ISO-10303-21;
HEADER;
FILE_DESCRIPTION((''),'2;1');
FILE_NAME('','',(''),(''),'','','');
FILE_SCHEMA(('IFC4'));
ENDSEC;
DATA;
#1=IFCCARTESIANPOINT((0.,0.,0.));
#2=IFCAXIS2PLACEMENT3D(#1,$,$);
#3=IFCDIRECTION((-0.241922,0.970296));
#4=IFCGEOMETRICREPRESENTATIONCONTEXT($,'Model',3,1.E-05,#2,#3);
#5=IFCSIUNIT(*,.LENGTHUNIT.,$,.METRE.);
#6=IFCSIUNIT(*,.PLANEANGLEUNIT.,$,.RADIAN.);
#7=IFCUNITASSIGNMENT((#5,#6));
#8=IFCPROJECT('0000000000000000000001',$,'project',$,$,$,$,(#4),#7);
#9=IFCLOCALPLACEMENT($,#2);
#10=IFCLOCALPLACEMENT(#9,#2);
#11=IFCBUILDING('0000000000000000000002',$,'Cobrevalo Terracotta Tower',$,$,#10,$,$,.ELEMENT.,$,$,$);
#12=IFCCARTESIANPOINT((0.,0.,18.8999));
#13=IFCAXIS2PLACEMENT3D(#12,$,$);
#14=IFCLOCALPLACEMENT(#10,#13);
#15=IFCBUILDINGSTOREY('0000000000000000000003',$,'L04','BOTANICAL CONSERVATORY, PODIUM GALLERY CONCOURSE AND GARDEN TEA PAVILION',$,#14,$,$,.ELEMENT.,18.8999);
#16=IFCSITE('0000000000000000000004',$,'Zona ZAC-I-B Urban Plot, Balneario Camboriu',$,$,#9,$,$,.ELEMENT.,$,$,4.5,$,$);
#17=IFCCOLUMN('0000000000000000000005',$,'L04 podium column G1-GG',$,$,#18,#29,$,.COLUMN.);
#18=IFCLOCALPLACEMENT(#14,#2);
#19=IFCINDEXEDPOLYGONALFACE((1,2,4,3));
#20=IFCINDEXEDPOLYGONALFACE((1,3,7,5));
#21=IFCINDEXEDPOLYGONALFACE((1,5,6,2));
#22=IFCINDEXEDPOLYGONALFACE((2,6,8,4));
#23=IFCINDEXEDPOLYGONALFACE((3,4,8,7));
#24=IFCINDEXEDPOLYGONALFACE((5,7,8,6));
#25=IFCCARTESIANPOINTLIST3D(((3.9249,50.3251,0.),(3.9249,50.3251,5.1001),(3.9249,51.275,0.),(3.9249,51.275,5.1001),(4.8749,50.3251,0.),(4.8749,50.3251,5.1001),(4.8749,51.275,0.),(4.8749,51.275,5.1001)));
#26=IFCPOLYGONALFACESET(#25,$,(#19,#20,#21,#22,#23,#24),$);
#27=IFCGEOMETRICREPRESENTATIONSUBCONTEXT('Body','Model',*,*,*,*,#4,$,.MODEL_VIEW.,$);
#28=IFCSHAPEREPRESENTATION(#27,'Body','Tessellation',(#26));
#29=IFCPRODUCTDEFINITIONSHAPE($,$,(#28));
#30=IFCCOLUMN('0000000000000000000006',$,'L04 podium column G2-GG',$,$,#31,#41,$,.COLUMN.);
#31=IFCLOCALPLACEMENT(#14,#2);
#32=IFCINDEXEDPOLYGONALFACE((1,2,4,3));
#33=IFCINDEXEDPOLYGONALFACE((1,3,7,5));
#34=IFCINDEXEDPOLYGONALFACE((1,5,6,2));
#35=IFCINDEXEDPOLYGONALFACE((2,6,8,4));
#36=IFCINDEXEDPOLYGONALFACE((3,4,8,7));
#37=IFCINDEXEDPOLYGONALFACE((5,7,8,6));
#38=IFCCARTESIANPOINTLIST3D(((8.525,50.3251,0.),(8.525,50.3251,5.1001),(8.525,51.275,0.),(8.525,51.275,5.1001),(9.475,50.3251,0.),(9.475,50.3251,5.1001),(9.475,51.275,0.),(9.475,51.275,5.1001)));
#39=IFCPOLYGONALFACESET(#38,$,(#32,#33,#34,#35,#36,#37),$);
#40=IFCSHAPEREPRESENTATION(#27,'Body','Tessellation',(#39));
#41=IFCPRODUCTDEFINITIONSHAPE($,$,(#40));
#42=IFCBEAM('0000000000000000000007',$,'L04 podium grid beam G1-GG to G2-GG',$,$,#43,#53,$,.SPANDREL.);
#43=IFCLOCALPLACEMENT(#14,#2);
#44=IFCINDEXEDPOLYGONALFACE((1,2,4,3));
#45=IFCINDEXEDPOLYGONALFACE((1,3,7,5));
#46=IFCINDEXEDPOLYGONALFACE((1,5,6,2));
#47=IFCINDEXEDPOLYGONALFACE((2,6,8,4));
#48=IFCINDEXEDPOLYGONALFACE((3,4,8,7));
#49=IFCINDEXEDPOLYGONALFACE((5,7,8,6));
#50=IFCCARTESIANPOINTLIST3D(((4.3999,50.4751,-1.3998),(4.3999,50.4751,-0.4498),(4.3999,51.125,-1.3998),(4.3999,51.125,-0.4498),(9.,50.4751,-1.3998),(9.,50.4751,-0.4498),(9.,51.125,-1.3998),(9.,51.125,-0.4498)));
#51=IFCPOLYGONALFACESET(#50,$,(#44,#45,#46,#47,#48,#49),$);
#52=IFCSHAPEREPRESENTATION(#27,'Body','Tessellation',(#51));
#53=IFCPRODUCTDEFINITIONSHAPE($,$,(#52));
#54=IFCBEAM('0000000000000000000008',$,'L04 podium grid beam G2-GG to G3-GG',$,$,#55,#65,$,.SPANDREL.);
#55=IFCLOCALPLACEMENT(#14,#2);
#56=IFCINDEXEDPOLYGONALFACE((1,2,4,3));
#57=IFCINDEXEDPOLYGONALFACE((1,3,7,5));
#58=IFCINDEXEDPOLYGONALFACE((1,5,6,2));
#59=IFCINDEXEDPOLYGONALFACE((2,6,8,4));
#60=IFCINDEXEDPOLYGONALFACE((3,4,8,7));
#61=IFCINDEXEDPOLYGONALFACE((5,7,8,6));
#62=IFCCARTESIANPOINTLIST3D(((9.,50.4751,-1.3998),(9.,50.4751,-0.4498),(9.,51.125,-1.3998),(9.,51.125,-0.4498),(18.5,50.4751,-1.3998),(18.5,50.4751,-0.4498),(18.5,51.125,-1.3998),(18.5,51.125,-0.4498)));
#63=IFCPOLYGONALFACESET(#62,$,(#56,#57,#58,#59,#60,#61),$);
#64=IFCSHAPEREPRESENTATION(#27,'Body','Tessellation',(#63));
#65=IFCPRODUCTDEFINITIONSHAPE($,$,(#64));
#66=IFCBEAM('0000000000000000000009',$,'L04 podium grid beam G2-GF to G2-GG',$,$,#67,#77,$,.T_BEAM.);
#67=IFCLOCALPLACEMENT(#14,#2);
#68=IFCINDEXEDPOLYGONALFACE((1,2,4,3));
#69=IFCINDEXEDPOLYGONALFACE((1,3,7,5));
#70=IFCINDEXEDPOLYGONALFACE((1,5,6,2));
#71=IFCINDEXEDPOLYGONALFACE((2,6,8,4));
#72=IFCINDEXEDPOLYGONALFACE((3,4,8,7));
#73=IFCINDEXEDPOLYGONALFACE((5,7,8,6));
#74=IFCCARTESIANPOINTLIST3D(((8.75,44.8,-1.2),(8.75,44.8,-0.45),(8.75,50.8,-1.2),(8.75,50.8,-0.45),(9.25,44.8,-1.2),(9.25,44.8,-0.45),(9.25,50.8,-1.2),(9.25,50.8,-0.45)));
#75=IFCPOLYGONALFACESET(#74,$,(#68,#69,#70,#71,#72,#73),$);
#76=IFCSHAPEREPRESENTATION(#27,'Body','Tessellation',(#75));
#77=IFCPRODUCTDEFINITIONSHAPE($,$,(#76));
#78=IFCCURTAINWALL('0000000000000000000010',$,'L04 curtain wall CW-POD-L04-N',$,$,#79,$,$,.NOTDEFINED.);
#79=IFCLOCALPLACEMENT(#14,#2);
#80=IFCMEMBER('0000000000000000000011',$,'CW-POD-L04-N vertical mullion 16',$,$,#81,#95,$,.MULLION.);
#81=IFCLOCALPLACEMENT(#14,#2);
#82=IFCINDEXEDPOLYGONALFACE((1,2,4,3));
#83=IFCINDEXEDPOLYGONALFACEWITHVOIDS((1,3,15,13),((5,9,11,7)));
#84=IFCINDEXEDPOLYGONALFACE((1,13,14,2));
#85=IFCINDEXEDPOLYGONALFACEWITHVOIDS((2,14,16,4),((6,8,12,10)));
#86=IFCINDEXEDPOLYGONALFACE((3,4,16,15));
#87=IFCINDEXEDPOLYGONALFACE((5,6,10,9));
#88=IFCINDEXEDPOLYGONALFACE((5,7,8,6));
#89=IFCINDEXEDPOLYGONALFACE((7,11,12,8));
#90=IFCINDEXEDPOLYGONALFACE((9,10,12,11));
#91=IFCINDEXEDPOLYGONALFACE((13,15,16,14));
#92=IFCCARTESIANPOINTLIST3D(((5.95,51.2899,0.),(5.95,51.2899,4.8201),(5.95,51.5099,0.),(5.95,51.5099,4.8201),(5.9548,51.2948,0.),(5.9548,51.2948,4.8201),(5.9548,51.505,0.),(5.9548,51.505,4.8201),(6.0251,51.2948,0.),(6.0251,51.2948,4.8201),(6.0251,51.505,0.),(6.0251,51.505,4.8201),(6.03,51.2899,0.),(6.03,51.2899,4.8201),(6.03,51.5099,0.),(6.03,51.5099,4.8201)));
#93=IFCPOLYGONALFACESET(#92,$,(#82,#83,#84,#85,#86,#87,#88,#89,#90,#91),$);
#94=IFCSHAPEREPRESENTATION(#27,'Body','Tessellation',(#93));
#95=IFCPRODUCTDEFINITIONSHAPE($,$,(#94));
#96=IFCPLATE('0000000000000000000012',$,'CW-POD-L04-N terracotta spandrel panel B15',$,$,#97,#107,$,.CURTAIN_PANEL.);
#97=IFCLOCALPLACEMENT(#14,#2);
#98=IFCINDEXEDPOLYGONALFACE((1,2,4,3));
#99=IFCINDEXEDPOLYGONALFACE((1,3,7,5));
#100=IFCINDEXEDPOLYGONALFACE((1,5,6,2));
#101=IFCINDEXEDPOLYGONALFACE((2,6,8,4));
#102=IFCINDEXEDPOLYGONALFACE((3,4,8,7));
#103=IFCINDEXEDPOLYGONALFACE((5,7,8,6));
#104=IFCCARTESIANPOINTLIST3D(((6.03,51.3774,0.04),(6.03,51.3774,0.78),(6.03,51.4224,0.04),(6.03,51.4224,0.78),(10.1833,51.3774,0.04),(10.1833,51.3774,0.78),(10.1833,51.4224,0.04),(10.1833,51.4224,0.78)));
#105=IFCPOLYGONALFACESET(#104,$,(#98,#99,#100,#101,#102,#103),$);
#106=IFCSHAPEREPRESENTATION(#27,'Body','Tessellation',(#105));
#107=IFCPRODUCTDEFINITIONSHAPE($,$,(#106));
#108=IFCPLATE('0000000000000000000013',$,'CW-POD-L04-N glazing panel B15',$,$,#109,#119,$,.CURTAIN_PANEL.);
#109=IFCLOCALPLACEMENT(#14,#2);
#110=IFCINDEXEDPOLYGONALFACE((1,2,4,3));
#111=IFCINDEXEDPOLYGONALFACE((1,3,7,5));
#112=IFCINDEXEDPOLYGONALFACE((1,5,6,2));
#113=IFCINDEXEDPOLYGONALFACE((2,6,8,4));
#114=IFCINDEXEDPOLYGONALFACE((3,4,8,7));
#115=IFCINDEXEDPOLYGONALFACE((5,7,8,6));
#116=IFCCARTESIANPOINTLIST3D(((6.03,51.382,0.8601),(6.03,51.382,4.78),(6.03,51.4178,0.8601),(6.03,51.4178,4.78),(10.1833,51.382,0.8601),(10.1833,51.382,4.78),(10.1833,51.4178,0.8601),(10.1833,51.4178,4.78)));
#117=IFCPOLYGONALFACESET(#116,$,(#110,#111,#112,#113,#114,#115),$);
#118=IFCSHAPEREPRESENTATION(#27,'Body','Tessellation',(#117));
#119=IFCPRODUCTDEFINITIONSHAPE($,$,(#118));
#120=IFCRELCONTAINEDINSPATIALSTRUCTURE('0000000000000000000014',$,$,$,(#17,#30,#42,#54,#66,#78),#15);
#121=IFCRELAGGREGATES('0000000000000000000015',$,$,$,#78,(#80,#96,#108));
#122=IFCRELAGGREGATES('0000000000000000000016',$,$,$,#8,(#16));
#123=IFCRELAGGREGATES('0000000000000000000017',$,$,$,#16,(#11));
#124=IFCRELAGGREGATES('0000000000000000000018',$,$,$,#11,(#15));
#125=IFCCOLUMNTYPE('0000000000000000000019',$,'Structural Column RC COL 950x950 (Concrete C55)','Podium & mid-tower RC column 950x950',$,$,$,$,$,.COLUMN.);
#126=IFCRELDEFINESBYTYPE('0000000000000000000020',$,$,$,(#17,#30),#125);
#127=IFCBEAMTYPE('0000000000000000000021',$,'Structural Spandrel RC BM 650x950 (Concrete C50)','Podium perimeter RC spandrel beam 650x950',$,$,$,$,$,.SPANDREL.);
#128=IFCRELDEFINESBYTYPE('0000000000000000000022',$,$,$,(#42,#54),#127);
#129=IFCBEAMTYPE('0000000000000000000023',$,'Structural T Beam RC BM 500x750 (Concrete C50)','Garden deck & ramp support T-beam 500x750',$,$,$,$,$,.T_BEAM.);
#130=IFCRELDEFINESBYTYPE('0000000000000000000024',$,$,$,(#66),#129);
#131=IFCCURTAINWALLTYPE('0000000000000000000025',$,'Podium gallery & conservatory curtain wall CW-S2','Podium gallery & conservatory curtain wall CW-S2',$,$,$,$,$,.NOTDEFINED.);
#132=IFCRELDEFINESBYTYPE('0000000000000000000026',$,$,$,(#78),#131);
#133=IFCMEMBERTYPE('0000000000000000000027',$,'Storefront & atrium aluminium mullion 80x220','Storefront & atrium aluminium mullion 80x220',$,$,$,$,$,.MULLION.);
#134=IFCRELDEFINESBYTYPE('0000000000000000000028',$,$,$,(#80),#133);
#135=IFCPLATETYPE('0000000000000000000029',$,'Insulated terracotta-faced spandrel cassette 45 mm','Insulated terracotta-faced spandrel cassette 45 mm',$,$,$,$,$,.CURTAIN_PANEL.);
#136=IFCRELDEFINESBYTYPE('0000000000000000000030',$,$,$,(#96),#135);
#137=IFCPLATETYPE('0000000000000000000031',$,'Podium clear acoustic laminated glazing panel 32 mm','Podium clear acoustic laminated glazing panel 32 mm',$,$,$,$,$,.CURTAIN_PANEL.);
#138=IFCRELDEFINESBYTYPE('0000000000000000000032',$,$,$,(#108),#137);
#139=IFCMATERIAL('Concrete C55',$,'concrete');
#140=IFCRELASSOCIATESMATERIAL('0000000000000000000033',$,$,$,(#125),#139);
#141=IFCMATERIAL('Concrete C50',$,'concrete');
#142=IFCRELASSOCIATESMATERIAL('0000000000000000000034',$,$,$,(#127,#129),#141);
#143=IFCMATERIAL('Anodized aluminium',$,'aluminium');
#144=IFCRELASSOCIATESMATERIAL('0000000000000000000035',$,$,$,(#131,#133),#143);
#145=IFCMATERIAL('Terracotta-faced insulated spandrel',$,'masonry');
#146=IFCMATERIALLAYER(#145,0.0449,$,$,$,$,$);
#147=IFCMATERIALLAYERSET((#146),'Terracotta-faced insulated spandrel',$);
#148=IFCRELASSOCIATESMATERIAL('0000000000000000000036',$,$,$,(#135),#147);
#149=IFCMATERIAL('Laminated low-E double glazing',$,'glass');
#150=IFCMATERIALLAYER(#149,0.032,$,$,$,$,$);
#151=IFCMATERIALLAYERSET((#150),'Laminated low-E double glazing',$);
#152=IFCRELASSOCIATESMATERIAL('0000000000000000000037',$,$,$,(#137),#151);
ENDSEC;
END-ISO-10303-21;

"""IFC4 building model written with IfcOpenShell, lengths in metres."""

from ifc_helpers import new_model, si_unit, direction, frame, origin, origin_2d, place, context, subcontext, project, spatial, rectangle, hollow_rectangle, extrude, source, transform, mapped, material, layer, layer_set, material_profile, profile_set, type_object, element, aggregate, save


model = new_model("IFC4")

# Units and contexts
model_context = context("Model", 3, precision=1e-05, world=origin(), true_north=direction((-0.241922, 0.970296)))
body_context = subcontext(model_context, "Body", "Model", "MODEL_VIEW")
ifc_project = project(units=[si_unit("LENGTHUNIT", "METRE"), si_unit("PLANEANGLEUNIT", "RADIAN")], contexts=[model_context])

# Site, building, storey
site_placement = place(None, origin())
site = spatial("IfcSite", under=ifc_project, at=site_placement, Name="Zona ZAC-I-B Urban Plot, Balneario Camboriu", CompositionType="ELEMENT", RefElevation=4.5)
building_placement = place(site_placement, origin())
building = spatial("IfcBuilding", under=site, at=building_placement, Name="Cobrevalo Terracotta Tower", CompositionType="ELEMENT")
storey_placement = place(building_placement, frame((0.0, 0.0, 18.8999)))
storey = spatial("IfcBuildingStorey", under=building, at=storey_placement, Name="L04", Description="BOTANICAL CONSERVATORY, PODIUM GALLERY CONCOURSE AND GARDEN TEA PAVILION", CompositionType="ELEMENT", Elevation=18.8999)

# Columns
ifc_material_1 = material(Name="Concrete C55", Category="concrete")
ifc_material_profile_1 = material_profile(ifc_material_1, rectangle(XDim=0.95, YDim=0.95, at=origin_2d()), Name="RC COL 950x950")
ifc_profile_set_1 = profile_set([ifc_material_profile_1], Name="Concrete C55")
column_type = type_object("IfcColumnType", Name="Structural Column RC COL 950x950 (Concrete C55)", Description="Podium & mid-tower RC column 950x950", PredefinedType="COLUMN", material=ifc_profile_set_1)
for number, where, z_axis, x_axis, name in (
    (1, (4.3999, 50.8, 0.0), (0.0, 0.0, 1.0), (1.0, 0.0, 0.0), "L04 podium column G1-GG"),
    (2, (9.0, 50.8, 0.0), (0.0, 0.0, 1.0), (1.0, 0.0, 0.0), "L04 podium column G2-GG"),
):
    element("IfcColumn", number, at=place(storey_placement, frame(where, z_axis=z_axis, x_axis=x_axis)), inside=storey, type_object=column_type, Name=name, PredefinedType="COLUMN", context=body_context, shape_type="SweptSolid", body=[
        extrude(rectangle(XDim=0.95, YDim=0.95, at=origin_2d()), origin(), (0.0, 0.0, 1.0), 5.1001),
    ])

# Beams
ifc_material_2 = material(Name="Concrete C50", Category="concrete")
ifc_material_profile_2 = material_profile(ifc_material_2, rectangle(XDim=0.6499, YDim=0.95, at=origin_2d()), Name="RC BM 650x950")
ifc_profile_set_2 = profile_set([ifc_material_profile_2], Name="Concrete C50")
beam_type_1 = type_object("IfcBeamType", Name="Structural Spandrel RC BM 650x950 (Concrete C50)", Description="Podium perimeter RC spandrel beam 650x950", PredefinedType="SPANDREL", material=ifc_profile_set_2)
beam_1_placement = place(storey_placement, frame((4.3999, 50.8, -0.9248), z_axis=(1.0, 0.0, 0.0), x_axis=(0.0, 1.0, 0.0)))
element("IfcBeam", 3, at=beam_1_placement, inside=storey, type_object=beam_type_1, Name="L04 podium grid beam G1-GG to G2-GG", PredefinedType="SPANDREL", context=body_context, shape_type="SweptSolid", body=[
    extrude(rectangle(XDim=0.6499, YDim=0.95, at=origin_2d()), origin(), (0.0, 0.0, 1.0), 4.6001),
])
beam_2_placement = place(storey_placement, frame((9.0, 50.8, -0.9248), z_axis=(1.0, 0.0, 0.0), x_axis=(0.0, 1.0, 0.0)))
element("IfcBeam", 4, at=beam_2_placement, inside=storey, type_object=beam_type_1, Name="L04 podium grid beam G2-GG to G3-GG", PredefinedType="SPANDREL", context=body_context, shape_type="SweptSolid", body=[
    extrude(rectangle(XDim=0.6499, YDim=0.95, at=origin_2d()), origin(), (0.0, 0.0, 1.0), 9.5),
])
ifc_material_profile_3 = material_profile(ifc_material_2, rectangle(XDim=0.5, YDim=0.75, at=origin_2d()), Name="RC BM 500x750")
ifc_profile_set_3 = profile_set([ifc_material_profile_3], Name="Concrete C50")
beam_type_2 = type_object("IfcBeamType", Name="Structural T Beam RC BM 500x750 (Concrete C50)", Description="Garden deck & ramp support T-beam 500x750", PredefinedType="T_BEAM", material=ifc_profile_set_3)
beam_3_placement = place(storey_placement, frame((9.0, 44.8, -0.825), z_axis=(0.0, 1.0, 0.0), x_axis=(-1.0, 0.0, 0.0)))
element("IfcBeam", 5, at=beam_3_placement, inside=storey, type_object=beam_type_2, Name="L04 podium grid beam G2-GF to G2-GG", PredefinedType="T_BEAM", context=body_context, shape_type="SweptSolid", body=[
    extrude(rectangle(XDim=0.5, YDim=0.75, at=origin_2d()), origin(), (0.0, 0.0, 1.0), 6.0),
])

# Curtain wall, member, plates
ifc_material_3 = material(Name="Anodized aluminium", Category="aluminium")
curtain_wall_type = type_object("IfcCurtainWallType", Name="Podium gallery & conservatory curtain wall CW-S2", Description="Podium gallery & conservatory curtain wall CW-S2", PredefinedType="NOTDEFINED", material=ifc_material_3)
curtain_wall_placement = place(storey_placement, origin())
curtain_wall = element("IfcCurtainWall", 6, at=curtain_wall_placement, inside=storey, type_object=curtain_wall_type, Name="L04 curtain wall CW-POD-L04-N", PredefinedType="NOTDEFINED")
ifc_material_profile_4 = material_profile(ifc_material_3, hollow_rectangle(XDim=0.0801, YDim=0.22, WallThickness=0.0049, at=origin_2d()), Name="CWM 80x220")
ifc_profile_set_4 = profile_set([ifc_material_profile_4], Name="Anodized aluminium")
member_type = type_object("IfcMemberType", Name="Storefront & atrium aluminium mullion 80x220", Description="Storefront & atrium aluminium mullion 80x220", PredefinedType="MULLION", material=ifc_profile_set_4)
shared_shape_1 = source(origin(), body_context, "Body", "SweptSolid", [
    extrude(hollow_rectangle(XDim=0.0801, YDim=0.22, WallThickness=0.0049, at=origin_2d()), origin(), (0.0, 0.0, 1.0), 4.8201),
])
member_placement = place(storey_placement, frame((5.99, 51.3999, 0.0), z_axis=(0.0, 0.0, 1.0), x_axis=(-1.0, 0.0, 0.0)))
member = element("IfcMember", 7, at=member_placement, type_object=member_type, Name="CW-POD-L04-N vertical mullion 16", PredefinedType="MULLION", context=body_context, shape_type="MappedRepresentation", body=[
    mapped(shared_shape_1, transform((0.0, 0.0, 0.0), scale=1.0)),
])
ifc_material_4 = material(Name="Terracotta-faced insulated spandrel", Category="masonry")
ifc_layer_1 = layer(ifc_material_4, 0.0449)
ifc_layer_set_1 = layer_set([ifc_layer_1], Name="Terracotta-faced insulated spandrel")
plate_type_1 = type_object("IfcPlateType", Name="Insulated terracotta-faced spandrel cassette 45 mm", Description="Insulated terracotta-faced spandrel cassette 45 mm", PredefinedType="CURTAIN_PANEL", material=ifc_layer_set_1)
shared_shape_2 = source(origin(), body_context, "Body", "SweptSolid", [
    extrude(rectangle(XDim=4.1533, YDim=0.0449, at=origin_2d()), origin(), (0.0, 0.0, 1.0), 0.74),
])
plate_1_placement = place(storey_placement, frame((8.1067, 51.3999, 0.04), z_axis=(0.0, 0.0, 1.0), x_axis=(-1.0, 0.0, 0.0)))
plate_1 = element("IfcPlate", 8, at=plate_1_placement, type_object=plate_type_1, Name="CW-POD-L04-N terracotta spandrel panel B15", PredefinedType="CURTAIN_PANEL", context=body_context, shape_type="MappedRepresentation", body=[
    mapped(shared_shape_2, transform((0.0, 0.0, 0.0), scale=1.0)),
])
ifc_material_5 = material(Name="Laminated low-E double glazing", Category="glass")
ifc_layer_2 = layer(ifc_material_5, 0.032)
ifc_layer_set_2 = layer_set([ifc_layer_2], Name="Laminated low-E double glazing")
plate_type_2 = type_object("IfcPlateType", Name="Podium clear acoustic laminated glazing panel 32 mm", Description="Podium clear acoustic laminated glazing panel 32 mm", PredefinedType="CURTAIN_PANEL", material=ifc_layer_set_2)
shared_shape_3 = source(origin(), body_context, "Body", "SweptSolid", [
    extrude(rectangle(XDim=4.1533, YDim=0.0359, at=origin_2d()), origin(), (0.0, 0.0, 1.0), 3.9199),
])
plate_2_placement = place(storey_placement, frame((8.1067, 51.3999, 0.8601), z_axis=(0.0, 0.0, 1.0), x_axis=(-1.0, 0.0, 0.0)))
plate_2 = element("IfcPlate", 9, at=plate_2_placement, type_object=plate_type_2, Name="CW-POD-L04-N glazing panel B15", PredefinedType="CURTAIN_PANEL", context=body_context, shape_type="MappedRepresentation", body=[
    mapped(shared_shape_3, transform((0.0, 0.0, 0.0), scale=1.0)),
])
aggregate(curtain_wall, [member, plate_1, plate_2])

save(model, "model.ifc")
